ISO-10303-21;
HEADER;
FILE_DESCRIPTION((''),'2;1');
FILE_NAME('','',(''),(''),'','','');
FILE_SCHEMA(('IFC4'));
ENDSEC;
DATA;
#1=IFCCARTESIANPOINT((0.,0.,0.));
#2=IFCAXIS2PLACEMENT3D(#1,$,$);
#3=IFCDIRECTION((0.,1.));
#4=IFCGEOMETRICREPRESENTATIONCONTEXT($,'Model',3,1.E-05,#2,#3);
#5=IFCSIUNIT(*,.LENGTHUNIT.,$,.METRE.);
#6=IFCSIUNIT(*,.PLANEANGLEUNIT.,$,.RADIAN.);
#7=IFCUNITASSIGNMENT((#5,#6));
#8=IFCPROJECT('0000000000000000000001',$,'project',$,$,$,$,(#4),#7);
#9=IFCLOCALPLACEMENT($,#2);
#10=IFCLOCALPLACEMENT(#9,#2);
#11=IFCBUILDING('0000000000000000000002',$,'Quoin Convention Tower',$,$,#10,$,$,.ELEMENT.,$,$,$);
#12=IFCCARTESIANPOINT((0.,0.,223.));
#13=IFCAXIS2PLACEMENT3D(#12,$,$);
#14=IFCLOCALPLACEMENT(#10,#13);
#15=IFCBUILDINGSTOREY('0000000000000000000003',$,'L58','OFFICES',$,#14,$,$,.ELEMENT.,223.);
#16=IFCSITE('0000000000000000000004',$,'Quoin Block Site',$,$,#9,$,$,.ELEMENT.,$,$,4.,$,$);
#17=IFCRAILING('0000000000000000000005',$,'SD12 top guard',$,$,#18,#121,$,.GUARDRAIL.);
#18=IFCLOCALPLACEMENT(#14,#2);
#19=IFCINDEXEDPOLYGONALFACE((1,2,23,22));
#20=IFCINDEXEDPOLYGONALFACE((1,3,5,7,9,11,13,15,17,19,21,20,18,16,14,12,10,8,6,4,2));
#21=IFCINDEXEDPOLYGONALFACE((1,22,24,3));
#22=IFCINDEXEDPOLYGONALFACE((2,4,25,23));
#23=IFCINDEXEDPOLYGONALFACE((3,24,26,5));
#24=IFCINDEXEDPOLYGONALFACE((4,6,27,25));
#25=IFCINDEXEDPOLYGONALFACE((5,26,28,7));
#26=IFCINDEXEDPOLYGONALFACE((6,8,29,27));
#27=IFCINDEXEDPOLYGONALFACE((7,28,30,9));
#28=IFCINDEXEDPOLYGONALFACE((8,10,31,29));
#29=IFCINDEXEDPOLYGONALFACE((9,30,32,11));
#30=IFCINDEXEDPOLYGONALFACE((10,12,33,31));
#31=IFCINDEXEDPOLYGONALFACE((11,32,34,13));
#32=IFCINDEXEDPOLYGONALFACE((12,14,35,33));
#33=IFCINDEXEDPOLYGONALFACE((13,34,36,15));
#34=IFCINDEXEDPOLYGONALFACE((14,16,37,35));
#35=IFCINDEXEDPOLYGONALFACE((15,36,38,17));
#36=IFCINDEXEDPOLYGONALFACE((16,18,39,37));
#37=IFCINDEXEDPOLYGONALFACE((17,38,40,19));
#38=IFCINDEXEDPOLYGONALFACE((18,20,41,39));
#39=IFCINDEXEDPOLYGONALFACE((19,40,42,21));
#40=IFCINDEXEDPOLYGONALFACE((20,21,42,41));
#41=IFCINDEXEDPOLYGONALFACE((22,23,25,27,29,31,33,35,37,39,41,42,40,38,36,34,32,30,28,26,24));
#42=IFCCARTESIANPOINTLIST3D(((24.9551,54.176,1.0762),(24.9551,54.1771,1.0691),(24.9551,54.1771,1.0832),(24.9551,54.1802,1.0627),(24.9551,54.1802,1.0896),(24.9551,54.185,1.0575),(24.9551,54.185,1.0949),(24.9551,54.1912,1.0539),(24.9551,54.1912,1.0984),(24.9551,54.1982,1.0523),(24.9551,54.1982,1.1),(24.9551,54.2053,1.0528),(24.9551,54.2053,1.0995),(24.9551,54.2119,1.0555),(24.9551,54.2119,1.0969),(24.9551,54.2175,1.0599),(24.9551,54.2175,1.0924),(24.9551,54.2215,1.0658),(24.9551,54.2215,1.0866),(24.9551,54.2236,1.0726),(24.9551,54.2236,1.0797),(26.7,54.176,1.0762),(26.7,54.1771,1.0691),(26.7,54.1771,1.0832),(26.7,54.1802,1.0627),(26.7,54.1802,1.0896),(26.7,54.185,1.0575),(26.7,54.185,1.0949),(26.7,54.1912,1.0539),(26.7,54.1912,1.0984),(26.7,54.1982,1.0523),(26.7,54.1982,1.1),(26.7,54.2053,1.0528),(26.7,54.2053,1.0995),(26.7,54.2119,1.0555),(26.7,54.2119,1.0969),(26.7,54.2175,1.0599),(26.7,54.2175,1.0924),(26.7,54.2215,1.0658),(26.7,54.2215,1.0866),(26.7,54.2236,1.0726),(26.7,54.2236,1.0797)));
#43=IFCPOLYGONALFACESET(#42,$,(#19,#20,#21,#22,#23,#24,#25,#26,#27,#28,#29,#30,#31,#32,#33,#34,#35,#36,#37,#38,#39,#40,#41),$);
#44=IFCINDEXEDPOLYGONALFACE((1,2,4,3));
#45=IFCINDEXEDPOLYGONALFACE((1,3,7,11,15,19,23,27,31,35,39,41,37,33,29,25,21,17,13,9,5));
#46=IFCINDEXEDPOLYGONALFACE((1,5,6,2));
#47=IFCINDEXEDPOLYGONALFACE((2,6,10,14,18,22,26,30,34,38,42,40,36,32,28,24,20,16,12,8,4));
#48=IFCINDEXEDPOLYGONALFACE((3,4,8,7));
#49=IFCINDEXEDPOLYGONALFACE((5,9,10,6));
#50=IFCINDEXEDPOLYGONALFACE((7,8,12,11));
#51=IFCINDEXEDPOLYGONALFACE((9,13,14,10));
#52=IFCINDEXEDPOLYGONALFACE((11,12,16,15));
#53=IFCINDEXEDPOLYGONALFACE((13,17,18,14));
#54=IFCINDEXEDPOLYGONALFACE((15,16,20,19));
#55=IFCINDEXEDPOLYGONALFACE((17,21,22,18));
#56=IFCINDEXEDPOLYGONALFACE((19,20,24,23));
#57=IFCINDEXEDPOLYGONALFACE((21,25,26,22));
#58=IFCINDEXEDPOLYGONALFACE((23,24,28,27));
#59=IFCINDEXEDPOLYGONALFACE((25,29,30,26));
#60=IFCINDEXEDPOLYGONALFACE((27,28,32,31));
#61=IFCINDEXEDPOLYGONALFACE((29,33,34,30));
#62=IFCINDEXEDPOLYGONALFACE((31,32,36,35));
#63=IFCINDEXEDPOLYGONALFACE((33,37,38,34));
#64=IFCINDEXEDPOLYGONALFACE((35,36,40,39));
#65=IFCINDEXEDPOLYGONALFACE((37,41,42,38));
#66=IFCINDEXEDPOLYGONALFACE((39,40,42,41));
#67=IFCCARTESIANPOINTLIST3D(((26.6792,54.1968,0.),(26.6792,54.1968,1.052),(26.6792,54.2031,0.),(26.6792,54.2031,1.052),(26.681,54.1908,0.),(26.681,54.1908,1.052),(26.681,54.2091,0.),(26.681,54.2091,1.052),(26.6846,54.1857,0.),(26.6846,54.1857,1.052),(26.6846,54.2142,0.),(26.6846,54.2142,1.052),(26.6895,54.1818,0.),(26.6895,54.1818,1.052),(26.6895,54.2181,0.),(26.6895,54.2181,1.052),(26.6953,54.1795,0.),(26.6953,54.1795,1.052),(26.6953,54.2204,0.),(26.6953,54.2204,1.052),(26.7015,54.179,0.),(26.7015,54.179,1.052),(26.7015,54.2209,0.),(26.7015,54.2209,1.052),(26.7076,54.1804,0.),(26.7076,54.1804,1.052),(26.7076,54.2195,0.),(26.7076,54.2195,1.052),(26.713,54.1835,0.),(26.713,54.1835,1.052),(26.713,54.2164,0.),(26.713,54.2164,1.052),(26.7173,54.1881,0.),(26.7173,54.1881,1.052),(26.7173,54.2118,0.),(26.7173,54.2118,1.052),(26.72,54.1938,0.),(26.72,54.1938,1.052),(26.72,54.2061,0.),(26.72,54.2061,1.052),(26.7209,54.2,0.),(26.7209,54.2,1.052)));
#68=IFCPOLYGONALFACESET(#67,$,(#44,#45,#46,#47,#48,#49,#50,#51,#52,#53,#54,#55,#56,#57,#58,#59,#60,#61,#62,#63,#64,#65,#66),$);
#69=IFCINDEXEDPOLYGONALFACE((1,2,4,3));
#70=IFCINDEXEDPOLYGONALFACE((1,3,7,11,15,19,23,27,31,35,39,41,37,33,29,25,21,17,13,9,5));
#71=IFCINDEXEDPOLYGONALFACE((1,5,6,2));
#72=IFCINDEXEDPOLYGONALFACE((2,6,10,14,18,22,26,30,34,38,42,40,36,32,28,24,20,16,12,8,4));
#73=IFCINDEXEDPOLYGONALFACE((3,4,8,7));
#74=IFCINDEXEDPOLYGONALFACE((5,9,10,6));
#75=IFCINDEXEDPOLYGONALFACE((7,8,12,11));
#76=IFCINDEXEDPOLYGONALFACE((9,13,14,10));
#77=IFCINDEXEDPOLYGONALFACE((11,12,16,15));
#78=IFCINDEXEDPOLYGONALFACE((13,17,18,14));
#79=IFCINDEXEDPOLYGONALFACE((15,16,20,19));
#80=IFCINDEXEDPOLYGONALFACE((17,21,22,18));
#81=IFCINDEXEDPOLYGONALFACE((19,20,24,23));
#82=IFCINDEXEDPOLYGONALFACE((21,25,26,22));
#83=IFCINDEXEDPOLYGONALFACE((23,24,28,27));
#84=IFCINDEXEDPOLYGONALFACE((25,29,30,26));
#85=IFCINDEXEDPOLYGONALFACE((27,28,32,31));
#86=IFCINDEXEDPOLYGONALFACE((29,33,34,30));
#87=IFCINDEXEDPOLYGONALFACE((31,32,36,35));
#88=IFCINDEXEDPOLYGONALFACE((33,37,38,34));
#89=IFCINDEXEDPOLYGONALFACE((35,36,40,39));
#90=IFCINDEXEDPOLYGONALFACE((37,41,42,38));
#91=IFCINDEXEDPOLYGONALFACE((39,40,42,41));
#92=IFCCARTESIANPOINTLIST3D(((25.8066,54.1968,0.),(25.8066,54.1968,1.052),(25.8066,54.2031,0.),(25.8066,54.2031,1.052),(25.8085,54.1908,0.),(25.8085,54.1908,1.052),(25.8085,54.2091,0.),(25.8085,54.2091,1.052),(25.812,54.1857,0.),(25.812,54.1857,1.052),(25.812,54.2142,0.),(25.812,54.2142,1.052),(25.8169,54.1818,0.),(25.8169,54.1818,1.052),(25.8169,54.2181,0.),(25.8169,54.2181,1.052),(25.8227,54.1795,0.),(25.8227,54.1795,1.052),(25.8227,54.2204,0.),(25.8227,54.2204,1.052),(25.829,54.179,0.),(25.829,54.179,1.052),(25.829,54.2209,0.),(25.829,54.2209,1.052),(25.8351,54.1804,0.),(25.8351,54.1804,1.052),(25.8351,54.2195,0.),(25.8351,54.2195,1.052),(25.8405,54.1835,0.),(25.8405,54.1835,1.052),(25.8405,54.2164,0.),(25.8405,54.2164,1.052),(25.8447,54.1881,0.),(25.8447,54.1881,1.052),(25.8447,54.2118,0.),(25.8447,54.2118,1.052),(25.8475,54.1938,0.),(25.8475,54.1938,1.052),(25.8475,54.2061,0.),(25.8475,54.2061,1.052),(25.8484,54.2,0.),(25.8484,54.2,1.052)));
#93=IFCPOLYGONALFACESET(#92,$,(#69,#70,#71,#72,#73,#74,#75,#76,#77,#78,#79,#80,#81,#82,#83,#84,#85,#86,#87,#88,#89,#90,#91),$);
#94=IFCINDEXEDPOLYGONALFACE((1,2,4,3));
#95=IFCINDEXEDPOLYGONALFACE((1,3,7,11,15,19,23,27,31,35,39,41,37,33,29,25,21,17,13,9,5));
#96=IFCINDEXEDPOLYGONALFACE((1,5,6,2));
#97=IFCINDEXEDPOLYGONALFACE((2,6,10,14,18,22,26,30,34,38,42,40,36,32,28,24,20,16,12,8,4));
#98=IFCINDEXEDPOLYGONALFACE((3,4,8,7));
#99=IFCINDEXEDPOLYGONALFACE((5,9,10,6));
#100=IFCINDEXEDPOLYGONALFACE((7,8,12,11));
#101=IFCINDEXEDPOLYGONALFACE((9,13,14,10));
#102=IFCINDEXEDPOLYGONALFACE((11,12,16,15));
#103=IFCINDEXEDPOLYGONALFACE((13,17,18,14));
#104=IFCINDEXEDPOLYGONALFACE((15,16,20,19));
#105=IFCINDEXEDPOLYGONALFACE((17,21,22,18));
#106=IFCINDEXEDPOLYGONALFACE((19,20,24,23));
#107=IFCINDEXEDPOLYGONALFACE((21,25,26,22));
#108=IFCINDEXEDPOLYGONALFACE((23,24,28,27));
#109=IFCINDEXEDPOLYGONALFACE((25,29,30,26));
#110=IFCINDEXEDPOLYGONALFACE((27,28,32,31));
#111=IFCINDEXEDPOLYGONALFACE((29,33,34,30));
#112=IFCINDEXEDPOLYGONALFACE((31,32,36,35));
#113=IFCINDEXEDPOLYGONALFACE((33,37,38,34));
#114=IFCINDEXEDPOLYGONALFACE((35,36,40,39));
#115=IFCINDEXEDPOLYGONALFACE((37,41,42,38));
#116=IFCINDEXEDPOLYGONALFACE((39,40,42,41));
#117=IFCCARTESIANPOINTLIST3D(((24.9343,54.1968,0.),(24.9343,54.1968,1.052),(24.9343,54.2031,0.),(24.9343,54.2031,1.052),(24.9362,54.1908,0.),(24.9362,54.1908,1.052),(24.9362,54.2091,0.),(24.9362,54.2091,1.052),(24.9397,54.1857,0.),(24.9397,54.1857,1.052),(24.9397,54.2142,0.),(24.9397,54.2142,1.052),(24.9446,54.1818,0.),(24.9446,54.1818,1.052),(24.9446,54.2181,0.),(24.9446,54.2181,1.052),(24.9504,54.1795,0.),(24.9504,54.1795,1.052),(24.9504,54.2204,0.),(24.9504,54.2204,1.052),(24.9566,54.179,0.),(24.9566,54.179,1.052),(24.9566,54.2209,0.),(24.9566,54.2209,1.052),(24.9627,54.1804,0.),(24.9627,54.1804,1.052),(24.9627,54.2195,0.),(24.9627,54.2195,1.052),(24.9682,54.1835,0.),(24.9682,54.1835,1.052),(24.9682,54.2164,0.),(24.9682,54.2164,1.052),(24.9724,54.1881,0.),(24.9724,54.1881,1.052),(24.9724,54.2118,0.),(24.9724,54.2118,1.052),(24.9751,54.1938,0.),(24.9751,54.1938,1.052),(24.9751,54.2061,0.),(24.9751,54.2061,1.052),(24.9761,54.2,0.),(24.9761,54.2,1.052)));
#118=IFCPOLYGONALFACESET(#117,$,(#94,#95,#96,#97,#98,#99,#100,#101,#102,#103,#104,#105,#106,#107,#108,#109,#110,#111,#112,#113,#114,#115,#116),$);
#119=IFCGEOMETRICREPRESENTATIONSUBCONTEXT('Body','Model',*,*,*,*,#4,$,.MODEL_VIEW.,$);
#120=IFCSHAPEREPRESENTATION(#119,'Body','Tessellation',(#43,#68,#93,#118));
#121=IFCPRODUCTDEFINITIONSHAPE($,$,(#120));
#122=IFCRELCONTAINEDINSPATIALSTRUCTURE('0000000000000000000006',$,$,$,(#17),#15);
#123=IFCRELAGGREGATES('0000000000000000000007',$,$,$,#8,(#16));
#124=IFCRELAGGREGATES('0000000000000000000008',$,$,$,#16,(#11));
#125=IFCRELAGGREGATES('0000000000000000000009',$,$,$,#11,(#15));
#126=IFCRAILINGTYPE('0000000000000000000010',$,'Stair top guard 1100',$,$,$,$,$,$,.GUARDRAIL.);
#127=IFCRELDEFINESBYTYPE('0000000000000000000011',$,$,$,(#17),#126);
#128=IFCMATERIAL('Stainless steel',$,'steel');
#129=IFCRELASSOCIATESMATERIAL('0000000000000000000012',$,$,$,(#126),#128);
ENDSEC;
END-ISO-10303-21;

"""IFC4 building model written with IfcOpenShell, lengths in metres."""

from ifc_helpers import new_model, si_unit, direction, frame, origin, origin_2d, place, context, subcontext, project, spatial, circle, extrude, material, type_object, element, save


model = new_model("IFC4")

# Units and contexts
model_context = context("Model", 3, precision=1e-05, world=origin(), true_north=direction((0.0, 1.0)))
body_context = subcontext(model_context, "Body", "Model", "MODEL_VIEW")
ifc_project = project(units=[si_unit("LENGTHUNIT", "METRE"), si_unit("PLANEANGLEUNIT", "RADIAN")], contexts=[model_context])

# Site, building, storey
site_placement = place(None, origin())
site = spatial("IfcSite", under=ifc_project, at=site_placement, Name="Quoin Block Site", CompositionType="ELEMENT", RefElevation=4.0)
building_placement = place(site_placement, origin())
building = spatial("IfcBuilding", under=site, at=building_placement, Name="Quoin Convention Tower", CompositionType="ELEMENT")
storey_placement = place(building_placement, frame((0.0, 0.0, 223.0)))
storey = spatial("IfcBuildingStorey", under=building, at=storey_placement, Name="L58", Description="OFFICES", CompositionType="ELEMENT", Elevation=223.0)

# Railing
ifc_material_1 = material(Name="Stainless steel", Category="steel")
railing_type_1 = type_object("IfcRailingType", Name="Stair top guard 1100", PredefinedType="GUARDRAIL", material=ifc_material_1)
railing_1_placement = place(storey_placement, frame((26.7, 54.2, 0.0)))
element("IfcRailing", 1, at=railing_1_placement, inside=storey, type_object=railing_type_1, Name="SD12 top guard", PredefinedType="GUARDRAIL", context=body_context, shape_type="SweptSolid", body=[
    extrude(circle(Radius=0.0239, at=origin_2d()), frame((0.0, 0.0, 1.0762), z_axis=(-1.0, 0.0, 0.0), x_axis=(0.0, -1.0, 0.0)), (0.0, 0.0, 1.0), 1.7449),
    extrude(circle(Radius=0.021, at=origin_2d()), origin(), (0.0, 0.0, 1.0), 1.052),
    extrude(circle(Radius=0.021, at=origin_2d()), frame((-0.8726, 0.0, 0.0)), (0.0, 0.0, 1.0), 1.052),
    extrude(circle(Radius=0.021, at=origin_2d()), frame((-1.7449, 0.0, 0.0)), (0.0, 0.0, 1.0), 1.052),
])

save(model, "model.ifc")
